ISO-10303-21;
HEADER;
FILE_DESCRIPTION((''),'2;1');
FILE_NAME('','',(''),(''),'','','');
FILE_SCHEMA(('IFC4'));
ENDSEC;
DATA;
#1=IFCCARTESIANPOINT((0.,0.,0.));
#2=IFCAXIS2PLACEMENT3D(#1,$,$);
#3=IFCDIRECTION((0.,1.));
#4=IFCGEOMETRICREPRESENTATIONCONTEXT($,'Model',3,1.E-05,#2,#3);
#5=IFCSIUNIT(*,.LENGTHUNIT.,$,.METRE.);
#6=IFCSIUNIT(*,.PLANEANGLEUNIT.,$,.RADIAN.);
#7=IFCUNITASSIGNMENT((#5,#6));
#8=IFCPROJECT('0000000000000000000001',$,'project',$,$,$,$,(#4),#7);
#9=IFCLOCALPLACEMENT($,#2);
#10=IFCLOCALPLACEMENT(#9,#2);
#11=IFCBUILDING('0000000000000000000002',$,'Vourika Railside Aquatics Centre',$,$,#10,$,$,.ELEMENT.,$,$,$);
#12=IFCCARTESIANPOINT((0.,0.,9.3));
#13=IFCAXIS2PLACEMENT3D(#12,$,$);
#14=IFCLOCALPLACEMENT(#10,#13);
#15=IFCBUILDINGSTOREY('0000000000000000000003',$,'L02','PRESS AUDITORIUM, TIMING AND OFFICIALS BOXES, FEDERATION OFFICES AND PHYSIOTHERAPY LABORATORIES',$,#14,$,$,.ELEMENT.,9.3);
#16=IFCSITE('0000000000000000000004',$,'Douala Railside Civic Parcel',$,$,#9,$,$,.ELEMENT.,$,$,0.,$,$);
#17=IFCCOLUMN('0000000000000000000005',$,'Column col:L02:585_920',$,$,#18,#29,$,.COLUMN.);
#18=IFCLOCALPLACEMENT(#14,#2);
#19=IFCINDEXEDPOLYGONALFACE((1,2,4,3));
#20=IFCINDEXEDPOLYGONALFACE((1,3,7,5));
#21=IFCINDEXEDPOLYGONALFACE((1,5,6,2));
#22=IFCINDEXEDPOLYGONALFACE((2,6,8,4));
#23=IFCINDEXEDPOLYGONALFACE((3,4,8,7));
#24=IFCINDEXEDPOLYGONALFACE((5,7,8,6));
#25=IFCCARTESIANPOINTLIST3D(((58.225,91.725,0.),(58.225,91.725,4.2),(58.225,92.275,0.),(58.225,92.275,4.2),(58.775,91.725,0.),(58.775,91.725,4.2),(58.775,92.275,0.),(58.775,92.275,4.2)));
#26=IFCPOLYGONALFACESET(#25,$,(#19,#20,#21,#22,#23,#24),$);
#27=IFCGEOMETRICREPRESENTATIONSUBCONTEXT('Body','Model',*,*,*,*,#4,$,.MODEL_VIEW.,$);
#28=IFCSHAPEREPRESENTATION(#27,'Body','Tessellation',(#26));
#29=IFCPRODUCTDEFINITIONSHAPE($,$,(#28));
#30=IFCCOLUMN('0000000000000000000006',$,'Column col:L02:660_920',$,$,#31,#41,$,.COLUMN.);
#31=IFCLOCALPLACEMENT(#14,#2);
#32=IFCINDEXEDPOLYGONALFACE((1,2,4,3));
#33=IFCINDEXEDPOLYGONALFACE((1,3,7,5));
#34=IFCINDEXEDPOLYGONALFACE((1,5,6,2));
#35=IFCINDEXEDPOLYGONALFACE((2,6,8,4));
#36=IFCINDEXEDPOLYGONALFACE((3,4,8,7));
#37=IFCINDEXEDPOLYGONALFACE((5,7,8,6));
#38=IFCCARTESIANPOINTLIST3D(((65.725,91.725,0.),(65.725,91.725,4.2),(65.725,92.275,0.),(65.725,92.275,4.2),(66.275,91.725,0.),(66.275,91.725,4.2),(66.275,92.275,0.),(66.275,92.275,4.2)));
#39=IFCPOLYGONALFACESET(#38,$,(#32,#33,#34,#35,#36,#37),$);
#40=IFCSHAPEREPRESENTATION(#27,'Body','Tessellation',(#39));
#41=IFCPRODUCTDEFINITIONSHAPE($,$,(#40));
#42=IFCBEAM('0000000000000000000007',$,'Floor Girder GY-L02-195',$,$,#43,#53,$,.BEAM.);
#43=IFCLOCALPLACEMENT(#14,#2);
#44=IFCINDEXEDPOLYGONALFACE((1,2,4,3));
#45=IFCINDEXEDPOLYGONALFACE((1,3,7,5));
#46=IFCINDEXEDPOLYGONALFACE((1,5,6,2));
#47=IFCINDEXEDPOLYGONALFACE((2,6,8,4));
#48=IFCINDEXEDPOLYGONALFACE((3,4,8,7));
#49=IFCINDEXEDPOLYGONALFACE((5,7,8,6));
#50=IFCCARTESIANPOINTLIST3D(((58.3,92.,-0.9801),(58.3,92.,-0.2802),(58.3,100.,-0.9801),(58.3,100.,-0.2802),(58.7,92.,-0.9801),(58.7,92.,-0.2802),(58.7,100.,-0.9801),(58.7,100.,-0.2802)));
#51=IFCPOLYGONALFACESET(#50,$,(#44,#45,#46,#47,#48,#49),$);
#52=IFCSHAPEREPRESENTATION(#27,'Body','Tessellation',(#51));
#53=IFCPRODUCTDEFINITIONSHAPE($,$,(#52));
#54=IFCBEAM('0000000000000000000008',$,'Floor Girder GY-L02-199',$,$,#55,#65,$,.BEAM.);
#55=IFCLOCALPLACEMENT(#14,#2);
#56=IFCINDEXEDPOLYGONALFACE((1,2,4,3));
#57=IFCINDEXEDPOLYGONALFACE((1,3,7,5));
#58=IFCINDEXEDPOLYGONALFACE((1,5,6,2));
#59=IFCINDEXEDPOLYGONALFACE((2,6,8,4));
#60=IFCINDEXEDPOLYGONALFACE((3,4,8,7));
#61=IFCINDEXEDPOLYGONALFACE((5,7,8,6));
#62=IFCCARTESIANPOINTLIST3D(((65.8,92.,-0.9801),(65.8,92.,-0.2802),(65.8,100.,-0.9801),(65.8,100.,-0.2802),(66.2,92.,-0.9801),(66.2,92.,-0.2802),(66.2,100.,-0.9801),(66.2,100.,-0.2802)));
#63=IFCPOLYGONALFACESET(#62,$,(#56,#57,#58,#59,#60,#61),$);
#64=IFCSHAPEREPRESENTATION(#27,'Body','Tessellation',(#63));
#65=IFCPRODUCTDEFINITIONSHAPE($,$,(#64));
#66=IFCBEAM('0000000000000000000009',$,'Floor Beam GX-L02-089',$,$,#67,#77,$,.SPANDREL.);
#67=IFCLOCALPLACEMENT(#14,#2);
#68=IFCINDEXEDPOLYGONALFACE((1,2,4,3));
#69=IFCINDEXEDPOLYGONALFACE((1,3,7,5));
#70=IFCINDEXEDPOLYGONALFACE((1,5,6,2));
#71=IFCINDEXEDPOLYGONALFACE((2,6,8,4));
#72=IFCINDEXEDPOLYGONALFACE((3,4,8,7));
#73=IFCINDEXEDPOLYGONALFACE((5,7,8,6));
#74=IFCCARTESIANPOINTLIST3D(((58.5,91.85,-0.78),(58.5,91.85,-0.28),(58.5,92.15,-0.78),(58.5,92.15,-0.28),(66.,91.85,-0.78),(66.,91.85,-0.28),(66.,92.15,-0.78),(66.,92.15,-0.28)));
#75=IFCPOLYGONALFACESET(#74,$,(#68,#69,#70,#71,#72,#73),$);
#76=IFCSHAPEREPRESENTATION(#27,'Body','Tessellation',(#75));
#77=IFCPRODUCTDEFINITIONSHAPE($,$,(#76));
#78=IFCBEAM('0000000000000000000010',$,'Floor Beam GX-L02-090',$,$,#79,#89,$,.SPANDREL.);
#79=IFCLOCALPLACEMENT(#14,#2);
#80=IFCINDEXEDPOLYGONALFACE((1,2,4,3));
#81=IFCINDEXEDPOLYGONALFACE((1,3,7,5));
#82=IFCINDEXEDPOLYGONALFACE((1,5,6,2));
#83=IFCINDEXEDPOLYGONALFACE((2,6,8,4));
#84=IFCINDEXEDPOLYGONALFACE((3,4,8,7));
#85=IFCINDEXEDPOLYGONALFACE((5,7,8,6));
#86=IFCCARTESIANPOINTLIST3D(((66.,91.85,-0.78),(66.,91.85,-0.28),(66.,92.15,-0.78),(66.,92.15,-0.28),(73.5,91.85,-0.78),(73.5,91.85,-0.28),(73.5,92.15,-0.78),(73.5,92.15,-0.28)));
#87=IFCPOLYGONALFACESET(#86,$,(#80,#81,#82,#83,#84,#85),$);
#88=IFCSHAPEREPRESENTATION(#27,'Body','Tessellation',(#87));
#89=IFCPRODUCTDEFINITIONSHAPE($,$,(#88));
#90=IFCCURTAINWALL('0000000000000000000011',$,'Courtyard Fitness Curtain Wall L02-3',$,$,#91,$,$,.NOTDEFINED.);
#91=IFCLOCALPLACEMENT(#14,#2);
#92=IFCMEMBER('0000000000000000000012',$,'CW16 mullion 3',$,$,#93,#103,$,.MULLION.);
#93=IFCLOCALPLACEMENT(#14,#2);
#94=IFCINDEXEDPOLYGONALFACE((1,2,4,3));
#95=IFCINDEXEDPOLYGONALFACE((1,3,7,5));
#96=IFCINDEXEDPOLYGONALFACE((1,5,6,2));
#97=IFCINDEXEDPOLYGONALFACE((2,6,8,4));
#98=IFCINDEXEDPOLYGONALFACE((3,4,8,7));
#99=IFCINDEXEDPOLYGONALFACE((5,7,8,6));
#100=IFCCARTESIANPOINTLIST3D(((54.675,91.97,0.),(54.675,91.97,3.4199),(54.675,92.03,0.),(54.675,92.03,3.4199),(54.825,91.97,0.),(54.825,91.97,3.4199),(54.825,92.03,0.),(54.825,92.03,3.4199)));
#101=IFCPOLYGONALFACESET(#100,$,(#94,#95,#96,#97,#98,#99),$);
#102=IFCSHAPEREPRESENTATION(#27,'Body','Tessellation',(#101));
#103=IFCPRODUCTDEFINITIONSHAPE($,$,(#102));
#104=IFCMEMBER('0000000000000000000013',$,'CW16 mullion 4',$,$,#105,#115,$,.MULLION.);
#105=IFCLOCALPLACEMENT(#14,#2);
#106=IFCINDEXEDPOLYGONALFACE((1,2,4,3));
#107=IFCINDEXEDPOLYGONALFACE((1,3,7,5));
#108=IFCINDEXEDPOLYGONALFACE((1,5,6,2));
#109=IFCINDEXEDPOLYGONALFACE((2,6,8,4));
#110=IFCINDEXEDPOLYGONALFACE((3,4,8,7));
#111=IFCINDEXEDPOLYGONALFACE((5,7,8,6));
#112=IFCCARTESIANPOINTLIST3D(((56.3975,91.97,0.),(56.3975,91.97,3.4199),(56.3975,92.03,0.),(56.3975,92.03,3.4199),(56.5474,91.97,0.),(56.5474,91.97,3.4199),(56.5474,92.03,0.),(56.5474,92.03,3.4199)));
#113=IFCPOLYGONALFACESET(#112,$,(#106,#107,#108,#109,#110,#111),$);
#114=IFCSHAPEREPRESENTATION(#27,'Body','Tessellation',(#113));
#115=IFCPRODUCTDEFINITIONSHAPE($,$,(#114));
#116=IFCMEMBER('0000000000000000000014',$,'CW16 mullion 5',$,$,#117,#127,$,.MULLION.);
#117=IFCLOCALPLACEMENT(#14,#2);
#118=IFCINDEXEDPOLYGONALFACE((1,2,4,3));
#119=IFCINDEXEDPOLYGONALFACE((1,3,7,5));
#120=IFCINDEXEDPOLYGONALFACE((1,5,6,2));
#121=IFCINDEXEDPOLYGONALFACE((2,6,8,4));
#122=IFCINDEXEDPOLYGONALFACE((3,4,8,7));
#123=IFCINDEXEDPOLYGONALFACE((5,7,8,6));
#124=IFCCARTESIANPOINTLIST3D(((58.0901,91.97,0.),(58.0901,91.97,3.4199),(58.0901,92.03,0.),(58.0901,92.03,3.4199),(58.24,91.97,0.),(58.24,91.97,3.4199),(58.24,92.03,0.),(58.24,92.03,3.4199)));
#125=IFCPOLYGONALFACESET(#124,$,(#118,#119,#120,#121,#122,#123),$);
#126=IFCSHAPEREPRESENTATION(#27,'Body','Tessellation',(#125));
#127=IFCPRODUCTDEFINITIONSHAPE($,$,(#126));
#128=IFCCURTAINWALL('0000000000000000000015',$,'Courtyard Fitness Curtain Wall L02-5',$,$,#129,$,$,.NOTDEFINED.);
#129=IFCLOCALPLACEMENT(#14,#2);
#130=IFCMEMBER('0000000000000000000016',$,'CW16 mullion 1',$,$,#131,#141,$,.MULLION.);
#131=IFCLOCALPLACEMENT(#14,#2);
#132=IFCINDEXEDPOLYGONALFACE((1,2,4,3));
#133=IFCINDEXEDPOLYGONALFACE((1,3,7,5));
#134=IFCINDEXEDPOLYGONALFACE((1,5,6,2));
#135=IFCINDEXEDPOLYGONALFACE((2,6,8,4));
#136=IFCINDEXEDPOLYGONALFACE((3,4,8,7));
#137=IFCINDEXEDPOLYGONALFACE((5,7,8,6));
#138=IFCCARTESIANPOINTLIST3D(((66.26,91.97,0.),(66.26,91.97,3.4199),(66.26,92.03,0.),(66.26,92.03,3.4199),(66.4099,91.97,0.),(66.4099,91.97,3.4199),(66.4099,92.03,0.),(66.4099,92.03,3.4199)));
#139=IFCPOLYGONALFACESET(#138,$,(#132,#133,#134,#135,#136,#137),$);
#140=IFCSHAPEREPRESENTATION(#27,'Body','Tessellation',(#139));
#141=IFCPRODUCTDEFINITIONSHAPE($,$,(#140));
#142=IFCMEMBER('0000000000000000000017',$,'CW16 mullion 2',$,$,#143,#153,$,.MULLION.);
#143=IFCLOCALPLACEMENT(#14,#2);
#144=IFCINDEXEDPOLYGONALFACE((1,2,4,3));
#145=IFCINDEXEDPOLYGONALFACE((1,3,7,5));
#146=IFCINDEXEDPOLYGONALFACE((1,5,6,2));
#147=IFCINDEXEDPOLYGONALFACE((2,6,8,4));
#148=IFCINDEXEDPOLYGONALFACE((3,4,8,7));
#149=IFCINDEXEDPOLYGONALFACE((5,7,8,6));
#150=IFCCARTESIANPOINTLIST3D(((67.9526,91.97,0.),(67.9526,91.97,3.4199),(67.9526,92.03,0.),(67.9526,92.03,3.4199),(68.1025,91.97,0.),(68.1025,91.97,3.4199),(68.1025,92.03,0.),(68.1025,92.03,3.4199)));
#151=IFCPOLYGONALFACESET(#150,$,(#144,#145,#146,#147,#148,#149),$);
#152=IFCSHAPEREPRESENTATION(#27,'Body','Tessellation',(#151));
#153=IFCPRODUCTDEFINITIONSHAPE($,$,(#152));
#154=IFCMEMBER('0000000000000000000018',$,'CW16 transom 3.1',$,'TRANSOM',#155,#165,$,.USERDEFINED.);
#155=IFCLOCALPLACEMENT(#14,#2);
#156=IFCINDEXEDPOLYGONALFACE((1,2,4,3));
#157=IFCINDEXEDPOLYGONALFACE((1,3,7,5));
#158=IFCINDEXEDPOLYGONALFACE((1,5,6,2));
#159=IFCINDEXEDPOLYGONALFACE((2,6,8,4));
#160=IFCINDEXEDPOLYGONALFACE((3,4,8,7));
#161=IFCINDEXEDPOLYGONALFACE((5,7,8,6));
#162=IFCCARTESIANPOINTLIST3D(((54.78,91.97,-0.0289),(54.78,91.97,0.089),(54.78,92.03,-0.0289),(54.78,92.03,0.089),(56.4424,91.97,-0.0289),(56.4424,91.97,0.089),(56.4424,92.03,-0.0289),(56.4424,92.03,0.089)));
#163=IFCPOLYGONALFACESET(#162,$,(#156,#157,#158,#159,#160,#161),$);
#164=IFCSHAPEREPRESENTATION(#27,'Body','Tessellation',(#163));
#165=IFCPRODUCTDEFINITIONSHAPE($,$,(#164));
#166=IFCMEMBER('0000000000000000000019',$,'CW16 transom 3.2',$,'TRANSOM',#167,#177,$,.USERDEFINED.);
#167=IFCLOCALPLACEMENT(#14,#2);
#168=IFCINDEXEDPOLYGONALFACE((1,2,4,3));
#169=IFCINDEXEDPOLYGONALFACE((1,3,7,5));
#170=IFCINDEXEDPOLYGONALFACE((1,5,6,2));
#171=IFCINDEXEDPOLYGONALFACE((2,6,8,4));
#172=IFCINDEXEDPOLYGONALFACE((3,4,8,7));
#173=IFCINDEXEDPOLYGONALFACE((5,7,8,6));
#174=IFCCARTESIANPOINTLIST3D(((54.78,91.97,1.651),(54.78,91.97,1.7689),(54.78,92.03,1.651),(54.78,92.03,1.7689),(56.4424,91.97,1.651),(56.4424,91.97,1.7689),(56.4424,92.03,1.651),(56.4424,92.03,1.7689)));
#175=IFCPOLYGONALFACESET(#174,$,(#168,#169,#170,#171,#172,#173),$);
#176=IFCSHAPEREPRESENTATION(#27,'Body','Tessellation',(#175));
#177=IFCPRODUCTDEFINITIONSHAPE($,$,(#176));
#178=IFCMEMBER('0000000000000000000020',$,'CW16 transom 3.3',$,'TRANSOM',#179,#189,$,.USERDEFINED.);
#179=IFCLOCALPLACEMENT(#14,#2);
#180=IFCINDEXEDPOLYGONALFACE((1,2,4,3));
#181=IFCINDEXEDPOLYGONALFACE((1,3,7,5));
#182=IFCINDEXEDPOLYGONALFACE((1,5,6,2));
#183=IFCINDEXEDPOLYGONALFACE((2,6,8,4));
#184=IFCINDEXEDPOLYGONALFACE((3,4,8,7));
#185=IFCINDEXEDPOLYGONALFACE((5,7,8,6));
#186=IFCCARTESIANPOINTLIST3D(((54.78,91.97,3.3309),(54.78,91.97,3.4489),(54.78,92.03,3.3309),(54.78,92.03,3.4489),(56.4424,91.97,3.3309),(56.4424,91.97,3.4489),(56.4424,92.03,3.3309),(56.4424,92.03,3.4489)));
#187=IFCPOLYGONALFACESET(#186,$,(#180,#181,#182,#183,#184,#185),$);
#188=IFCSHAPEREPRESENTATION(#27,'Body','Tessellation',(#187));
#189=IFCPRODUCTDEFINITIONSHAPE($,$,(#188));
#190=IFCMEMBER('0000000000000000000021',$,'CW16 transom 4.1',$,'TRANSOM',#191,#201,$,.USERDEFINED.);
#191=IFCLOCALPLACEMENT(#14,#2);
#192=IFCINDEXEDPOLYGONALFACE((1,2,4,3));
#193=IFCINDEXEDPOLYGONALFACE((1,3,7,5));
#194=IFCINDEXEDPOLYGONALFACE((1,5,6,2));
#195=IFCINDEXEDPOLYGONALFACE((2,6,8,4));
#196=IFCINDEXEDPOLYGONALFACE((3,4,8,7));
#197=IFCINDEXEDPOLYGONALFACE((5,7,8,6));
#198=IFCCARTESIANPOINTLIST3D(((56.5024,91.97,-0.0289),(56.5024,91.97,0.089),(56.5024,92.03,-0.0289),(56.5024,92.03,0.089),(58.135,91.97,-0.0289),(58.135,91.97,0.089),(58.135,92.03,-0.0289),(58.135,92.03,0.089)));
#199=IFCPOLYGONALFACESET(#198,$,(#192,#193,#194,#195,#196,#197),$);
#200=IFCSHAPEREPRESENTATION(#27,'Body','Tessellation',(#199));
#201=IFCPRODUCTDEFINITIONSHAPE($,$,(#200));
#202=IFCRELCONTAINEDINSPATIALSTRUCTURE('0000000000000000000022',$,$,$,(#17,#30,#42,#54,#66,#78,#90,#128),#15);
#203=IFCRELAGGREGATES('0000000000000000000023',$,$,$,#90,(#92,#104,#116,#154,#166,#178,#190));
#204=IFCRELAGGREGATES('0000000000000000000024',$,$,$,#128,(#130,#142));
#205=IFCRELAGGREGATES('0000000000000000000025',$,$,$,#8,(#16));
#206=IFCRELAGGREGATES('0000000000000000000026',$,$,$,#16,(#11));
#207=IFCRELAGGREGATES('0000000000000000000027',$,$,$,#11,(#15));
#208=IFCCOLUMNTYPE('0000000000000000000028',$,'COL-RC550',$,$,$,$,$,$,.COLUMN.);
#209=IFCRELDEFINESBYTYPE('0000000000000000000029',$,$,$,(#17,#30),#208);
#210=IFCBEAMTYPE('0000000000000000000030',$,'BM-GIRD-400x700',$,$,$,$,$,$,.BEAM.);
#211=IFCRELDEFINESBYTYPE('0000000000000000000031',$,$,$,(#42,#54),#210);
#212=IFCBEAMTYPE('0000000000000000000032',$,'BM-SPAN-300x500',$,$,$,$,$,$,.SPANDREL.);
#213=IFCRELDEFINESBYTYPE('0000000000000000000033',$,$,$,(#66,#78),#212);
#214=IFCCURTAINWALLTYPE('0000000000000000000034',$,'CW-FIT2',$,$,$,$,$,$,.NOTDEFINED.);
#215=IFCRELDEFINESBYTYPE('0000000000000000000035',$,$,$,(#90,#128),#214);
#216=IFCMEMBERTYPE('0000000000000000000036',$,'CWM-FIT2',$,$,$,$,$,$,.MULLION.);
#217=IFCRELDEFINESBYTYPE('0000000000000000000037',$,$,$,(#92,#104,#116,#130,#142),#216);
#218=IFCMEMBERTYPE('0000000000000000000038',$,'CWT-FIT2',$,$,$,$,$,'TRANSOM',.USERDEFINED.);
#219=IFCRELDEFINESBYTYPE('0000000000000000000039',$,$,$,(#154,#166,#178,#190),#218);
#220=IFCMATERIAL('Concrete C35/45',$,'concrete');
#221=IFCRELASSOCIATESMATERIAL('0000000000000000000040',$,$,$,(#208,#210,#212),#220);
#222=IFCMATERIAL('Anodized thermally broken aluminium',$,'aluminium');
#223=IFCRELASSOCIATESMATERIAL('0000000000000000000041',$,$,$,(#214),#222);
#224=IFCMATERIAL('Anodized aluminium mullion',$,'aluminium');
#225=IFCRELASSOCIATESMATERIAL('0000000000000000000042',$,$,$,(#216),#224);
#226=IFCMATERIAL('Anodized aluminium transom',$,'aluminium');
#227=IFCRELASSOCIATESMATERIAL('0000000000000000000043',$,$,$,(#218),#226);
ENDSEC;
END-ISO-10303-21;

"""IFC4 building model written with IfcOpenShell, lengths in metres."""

from ifc_helpers import new_model, si_unit, direction, frame, origin, origin_2d, place, context, subcontext, project, spatial, rectangle, extrude, material, material_profile, profile_set, type_object, element, aggregate, save


model = new_model("IFC4")

# Units and contexts
model_context = context("Model", 3, precision=1e-05, world=origin(), true_north=direction((0.0, 1.0)))
body_context = subcontext(model_context, "Body", "Model", "MODEL_VIEW")
ifc_project = project(units=[si_unit("LENGTHUNIT", "METRE"), si_unit("PLANEANGLEUNIT", "RADIAN")], contexts=[model_context])

# Site, building, storey
site_placement = place(None, origin())
site = spatial("IfcSite", under=ifc_project, at=site_placement, Name="Douala Railside Civic Parcel", CompositionType="ELEMENT", RefElevation=0.0)
building_placement = place(site_placement, origin())
building = spatial("IfcBuilding", under=site, at=building_placement, Name="Vourika Railside Aquatics Centre", CompositionType="ELEMENT")
storey_placement = place(building_placement, frame((0.0, 0.0, 9.3)))
storey = spatial("IfcBuildingStorey", under=building, at=storey_placement, Name="L02", Description="PRESS AUDITORIUM, TIMING AND OFFICIALS BOXES, FEDERATION OFFICES AND PHYSIOTHERAPY LABORATORIES", CompositionType="ELEMENT", Elevation=9.3)

# Columns
ifc_material_1 = material(Name="Concrete C35/45", Category="concrete")
ifc_material_profile_1 = material_profile(ifc_material_1, rectangle(XDim=0.55, YDim=0.55, at=origin_2d()), Name="RC 550x550")
ifc_profile_set_1 = profile_set([ifc_material_profile_1], Name="Concrete C35/45")
column_type = type_object("IfcColumnType", Name="COL-RC550", PredefinedType="COLUMN", material=ifc_profile_set_1)
for number, where, z_axis, x_axis, name in (
    (1, (58.5, 92.0, 0.0), (0.0, 0.0, 1.0), (1.0, 0.0, 0.0), "Column col:L02:585_920"),
    (2, (66.0, 92.0, 0.0), (0.0, 0.0, 1.0), (1.0, 0.0, 0.0), "Column col:L02:660_920"),
):
    element("IfcColumn", number, at=place(storey_placement, frame(where, z_axis=z_axis, x_axis=x_axis)), inside=storey, type_object=column_type, Name=name, PredefinedType="COLUMN", context=body_context, shape_type="SweptSolid", body=[
        extrude(rectangle(XDim=0.55, YDim=0.55, at=origin_2d()), origin(), (0.0, 0.0, 1.0), 4.2),
    ])

# Beams
ifc_material_profile_2 = material_profile(ifc_material_1, rectangle(XDim=0.3999, YDim=0.7, at=origin_2d()), Name="RC 400x700")
ifc_profile_set_2 = profile_set([ifc_material_profile_2], Name="Concrete C35/45")
beam_type_1 = type_object("IfcBeamType", Name="BM-GIRD-400x700", PredefinedType="BEAM", material=ifc_profile_set_2)
for number, where, z_axis, x_axis, name in (
    (3, (58.5, 92.0, -0.6301), (0.0, 1.0, 0.0), (-1.0, 0.0, 0.0), "Floor Girder GY-L02-195"),
    (4, (66.0, 92.0, -0.6301), (0.0, 1.0, 0.0), (-1.0, 0.0, 0.0), "Floor Girder GY-L02-199"),
):
    element("IfcBeam", number, at=place(storey_placement, frame(where, z_axis=z_axis, x_axis=x_axis)), inside=storey, type_object=beam_type_1, Name=name, PredefinedType="BEAM", context=body_context, shape_type="SweptSolid", body=[
        extrude(rectangle(XDim=0.3999, YDim=0.7, at=origin_2d()), origin(), (0.0, 0.0, 1.0), 8.0),
    ])
ifc_material_profile_3 = material_profile(ifc_material_1, rectangle(XDim=0.3, YDim=0.5, at=origin_2d()), Name="RC 300x500")
ifc_profile_set_3 = profile_set([ifc_material_profile_3], Name="Concrete C35/45")
beam_type_2 = type_object("IfcBeamType", Name="BM-SPAN-300x500", PredefinedType="SPANDREL", material=ifc_profile_set_3)
for number, where, z_axis, x_axis, name in (
    (5, (58.5, 92.0, -0.53), (1.0, 0.0, 0.0), (0.0, 1.0, 0.0), "Floor Beam GX-L02-089"),
    (6, (66.0, 92.0, -0.53), (1.0, 0.0, 0.0), (0.0, 1.0, 0.0), "Floor Beam GX-L02-090"),
):
    element("IfcBeam", number, at=place(storey_placement, frame(where, z_axis=z_axis, x_axis=x_axis)), inside=storey, type_object=beam_type_2, Name=name, PredefinedType="SPANDREL", context=body_context, shape_type="SweptSolid", body=[
        extrude(rectangle(XDim=0.3, YDim=0.5, at=origin_2d()), origin(), (0.0, 0.0, 1.0), 7.5),
    ])

# Curtain walls, members
ifc_material_2 = material(Name="Anodized thermally broken aluminium", Category="aluminium")
curtain_wall_type = type_object("IfcCurtainWallType", Name="CW-FIT2", PredefinedType="NOTDEFINED", material=ifc_material_2)
curtain_wall_1_placement = place(storey_placement, origin())
curtain_wall_1 = element("IfcCurtainWall", 7, at=curtain_wall_1_placement, inside=storey, type_object=curtain_wall_type, Name="Courtyard Fitness Curtain Wall L02-3", PredefinedType="NOTDEFINED")
ifc_material_3 = material(Name="Anodized aluminium mullion", Category="aluminium")
ifc_material_profile_4 = material_profile(ifc_material_3, rectangle(XDim=0.0601, YDim=0.1499, at=origin_2d()), Name="ALU-M 60x150")
ifc_profile_set_4 = profile_set([ifc_material_profile_4], Name="Anodized aluminium mullion")
member_type_1 = type_object("IfcMemberType", Name="CWM-FIT2", PredefinedType="MULLION", material=ifc_profile_set_4)
member_1_placement = place(storey_placement, frame((54.75, 92.0, 0.0), z_axis=(0.0, 0.0, 1.0), x_axis=(0.0, 1.0, 0.0)))
member_1 = element("IfcMember", 8, at=member_1_placement, type_object=member_type_1, Name="CW16 mullion 3", PredefinedType="MULLION", context=body_context, shape_type="SweptSolid", body=[
    extrude(rectangle(XDim=0.0601, YDim=0.1499, at=origin_2d()), origin(), (0.0, 0.0, 1.0), 3.4199),
])
member_2_placement = place(storey_placement, frame((56.4724, 92.0, 0.0), z_axis=(0.0, 0.0, 1.0), x_axis=(0.0, 1.0, 0.0)))
member_2 = element("IfcMember", 9, at=member_2_placement, type_object=member_type_1, Name="CW16 mullion 4", PredefinedType="MULLION", context=body_context, shape_type="SweptSolid", body=[
    extrude(rectangle(XDim=0.0601, YDim=0.1499, at=origin_2d()), origin(), (0.0, 0.0, 1.0), 3.4199),
])
member_3_placement = place(storey_placement, frame((58.165, 92.0, 0.0), z_axis=(0.0, 0.0, 1.0), x_axis=(0.0, 1.0, 0.0)))
member_3 = element("IfcMember", 10, at=member_3_placement, type_object=member_type_1, Name="CW16 mullion 5", PredefinedType="MULLION", context=body_context, shape_type="SweptSolid", body=[
    extrude(rectangle(XDim=0.0601, YDim=0.1499, at=origin_2d()), origin(), (0.0, 0.0, 1.0), 3.4199),
])
curtain_wall_2_placement = place(storey_placement, origin())
curtain_wall_2 = element("IfcCurtainWall", 11, at=curtain_wall_2_placement, inside=storey, type_object=curtain_wall_type, Name="Courtyard Fitness Curtain Wall L02-5", PredefinedType="NOTDEFINED")
member_4_placement = place(storey_placement, frame((66.335, 92.0, 0.0), z_axis=(0.0, 0.0, 1.0), x_axis=(0.0, 1.0, 0.0)))
member_4 = element("IfcMember", 12, at=member_4_placement, type_object=member_type_1, Name="CW16 mullion 1", PredefinedType="MULLION", context=body_context, shape_type="SweptSolid", body=[
    extrude(rectangle(XDim=0.0601, YDim=0.1499, at=origin_2d()), origin(), (0.0, 0.0, 1.0), 3.4199),
])
member_5_placement = place(storey_placement, frame((68.0276, 92.0, 0.0), z_axis=(0.0, 0.0, 1.0), x_axis=(0.0, 1.0, 0.0)))
member_5 = element("IfcMember", 13, at=member_5_placement, type_object=member_type_1, Name="CW16 mullion 2", PredefinedType="MULLION", context=body_context, shape_type="SweptSolid", body=[
    extrude(rectangle(XDim=0.0601, YDim=0.1499, at=origin_2d()), origin(), (0.0, 0.0, 1.0), 3.4199),
])

# Members
ifc_material_4 = material(Name="Anodized aluminium transom", Category="aluminium")
ifc_material_profile_5 = material_profile(ifc_material_4, rectangle(XDim=0.0601, YDim=0.1179, at=origin_2d()), Name="ALU-T 60x118")
ifc_profile_set_5 = profile_set([ifc_material_profile_5], Name="Anodized aluminium transom")
member_type_2 = type_object("IfcMemberType", Name="CWT-FIT2", ElementType="TRANSOM", PredefinedType="USERDEFINED", material=ifc_profile_set_5)
member_6_placement = place(storey_placement, frame((54.78, 92.0, 0.03), z_axis=(1.0, 0.0, 0.0), x_axis=(0.0, 1.0, 0.0)))
member_6 = element("IfcMember", 14, at=member_6_placement, type_object=member_type_2, Name="CW16 transom 3.1", ObjectType="TRANSOM", PredefinedType="USERDEFINED", context=body_context, shape_type="SweptSolid", body=[
    extrude(rectangle(XDim=0.0601, YDim=0.1179, at=origin_2d()), origin(), (0.0, 0.0, 1.0), 1.6624),
])
member_7_placement = place(storey_placement, frame((54.78, 92.0, 1.71), z_axis=(1.0, 0.0, 0.0), x_axis=(0.0, 1.0, 0.0)))
member_7 = element("IfcMember", 15, at=member_7_placement, type_object=member_type_2, Name="CW16 transom 3.2", ObjectType="TRANSOM", PredefinedType="USERDEFINED", context=body_context, shape_type="SweptSolid", body=[
    extrude(rectangle(XDim=0.0601, YDim=0.1179, at=origin_2d()), origin(), (0.0, 0.0, 1.0), 1.6624),
])
member_8_placement = place(storey_placement, frame((54.78, 92.0, 3.3899), z_axis=(1.0, 0.0, 0.0), x_axis=(0.0, 1.0, 0.0)))
member_8 = element("IfcMember", 16, at=member_8_placement, type_object=member_type_2, Name="CW16 transom 3.3", ObjectType="TRANSOM", PredefinedType="USERDEFINED", context=body_context, shape_type="SweptSolid", body=[
    extrude(rectangle(XDim=0.0601, YDim=0.1179, at=origin_2d()), origin(), (0.0, 0.0, 1.0), 1.6624),
])
member_9_placement = place(storey_placement, frame((56.5024, 92.0, 0.03), z_axis=(1.0, 0.0, 0.0), x_axis=(0.0, 1.0, 0.0)))
member_9 = element("IfcMember", 17, at=member_9_placement, type_object=member_type_2, Name="CW16 transom 4.1", ObjectType="TRANSOM", PredefinedType="USERDEFINED", context=body_context, shape_type="SweptSolid", body=[
    extrude(rectangle(XDim=0.0601, YDim=0.1179, at=origin_2d()), origin(), (0.0, 0.0, 1.0), 1.6326),
])

aggregate(curtain_wall_1, [member_1, member_2, member_3, member_6, member_7, member_8, member_9])
aggregate(curtain_wall_2, [member_4, member_5])

save(model, "model.ifc")
